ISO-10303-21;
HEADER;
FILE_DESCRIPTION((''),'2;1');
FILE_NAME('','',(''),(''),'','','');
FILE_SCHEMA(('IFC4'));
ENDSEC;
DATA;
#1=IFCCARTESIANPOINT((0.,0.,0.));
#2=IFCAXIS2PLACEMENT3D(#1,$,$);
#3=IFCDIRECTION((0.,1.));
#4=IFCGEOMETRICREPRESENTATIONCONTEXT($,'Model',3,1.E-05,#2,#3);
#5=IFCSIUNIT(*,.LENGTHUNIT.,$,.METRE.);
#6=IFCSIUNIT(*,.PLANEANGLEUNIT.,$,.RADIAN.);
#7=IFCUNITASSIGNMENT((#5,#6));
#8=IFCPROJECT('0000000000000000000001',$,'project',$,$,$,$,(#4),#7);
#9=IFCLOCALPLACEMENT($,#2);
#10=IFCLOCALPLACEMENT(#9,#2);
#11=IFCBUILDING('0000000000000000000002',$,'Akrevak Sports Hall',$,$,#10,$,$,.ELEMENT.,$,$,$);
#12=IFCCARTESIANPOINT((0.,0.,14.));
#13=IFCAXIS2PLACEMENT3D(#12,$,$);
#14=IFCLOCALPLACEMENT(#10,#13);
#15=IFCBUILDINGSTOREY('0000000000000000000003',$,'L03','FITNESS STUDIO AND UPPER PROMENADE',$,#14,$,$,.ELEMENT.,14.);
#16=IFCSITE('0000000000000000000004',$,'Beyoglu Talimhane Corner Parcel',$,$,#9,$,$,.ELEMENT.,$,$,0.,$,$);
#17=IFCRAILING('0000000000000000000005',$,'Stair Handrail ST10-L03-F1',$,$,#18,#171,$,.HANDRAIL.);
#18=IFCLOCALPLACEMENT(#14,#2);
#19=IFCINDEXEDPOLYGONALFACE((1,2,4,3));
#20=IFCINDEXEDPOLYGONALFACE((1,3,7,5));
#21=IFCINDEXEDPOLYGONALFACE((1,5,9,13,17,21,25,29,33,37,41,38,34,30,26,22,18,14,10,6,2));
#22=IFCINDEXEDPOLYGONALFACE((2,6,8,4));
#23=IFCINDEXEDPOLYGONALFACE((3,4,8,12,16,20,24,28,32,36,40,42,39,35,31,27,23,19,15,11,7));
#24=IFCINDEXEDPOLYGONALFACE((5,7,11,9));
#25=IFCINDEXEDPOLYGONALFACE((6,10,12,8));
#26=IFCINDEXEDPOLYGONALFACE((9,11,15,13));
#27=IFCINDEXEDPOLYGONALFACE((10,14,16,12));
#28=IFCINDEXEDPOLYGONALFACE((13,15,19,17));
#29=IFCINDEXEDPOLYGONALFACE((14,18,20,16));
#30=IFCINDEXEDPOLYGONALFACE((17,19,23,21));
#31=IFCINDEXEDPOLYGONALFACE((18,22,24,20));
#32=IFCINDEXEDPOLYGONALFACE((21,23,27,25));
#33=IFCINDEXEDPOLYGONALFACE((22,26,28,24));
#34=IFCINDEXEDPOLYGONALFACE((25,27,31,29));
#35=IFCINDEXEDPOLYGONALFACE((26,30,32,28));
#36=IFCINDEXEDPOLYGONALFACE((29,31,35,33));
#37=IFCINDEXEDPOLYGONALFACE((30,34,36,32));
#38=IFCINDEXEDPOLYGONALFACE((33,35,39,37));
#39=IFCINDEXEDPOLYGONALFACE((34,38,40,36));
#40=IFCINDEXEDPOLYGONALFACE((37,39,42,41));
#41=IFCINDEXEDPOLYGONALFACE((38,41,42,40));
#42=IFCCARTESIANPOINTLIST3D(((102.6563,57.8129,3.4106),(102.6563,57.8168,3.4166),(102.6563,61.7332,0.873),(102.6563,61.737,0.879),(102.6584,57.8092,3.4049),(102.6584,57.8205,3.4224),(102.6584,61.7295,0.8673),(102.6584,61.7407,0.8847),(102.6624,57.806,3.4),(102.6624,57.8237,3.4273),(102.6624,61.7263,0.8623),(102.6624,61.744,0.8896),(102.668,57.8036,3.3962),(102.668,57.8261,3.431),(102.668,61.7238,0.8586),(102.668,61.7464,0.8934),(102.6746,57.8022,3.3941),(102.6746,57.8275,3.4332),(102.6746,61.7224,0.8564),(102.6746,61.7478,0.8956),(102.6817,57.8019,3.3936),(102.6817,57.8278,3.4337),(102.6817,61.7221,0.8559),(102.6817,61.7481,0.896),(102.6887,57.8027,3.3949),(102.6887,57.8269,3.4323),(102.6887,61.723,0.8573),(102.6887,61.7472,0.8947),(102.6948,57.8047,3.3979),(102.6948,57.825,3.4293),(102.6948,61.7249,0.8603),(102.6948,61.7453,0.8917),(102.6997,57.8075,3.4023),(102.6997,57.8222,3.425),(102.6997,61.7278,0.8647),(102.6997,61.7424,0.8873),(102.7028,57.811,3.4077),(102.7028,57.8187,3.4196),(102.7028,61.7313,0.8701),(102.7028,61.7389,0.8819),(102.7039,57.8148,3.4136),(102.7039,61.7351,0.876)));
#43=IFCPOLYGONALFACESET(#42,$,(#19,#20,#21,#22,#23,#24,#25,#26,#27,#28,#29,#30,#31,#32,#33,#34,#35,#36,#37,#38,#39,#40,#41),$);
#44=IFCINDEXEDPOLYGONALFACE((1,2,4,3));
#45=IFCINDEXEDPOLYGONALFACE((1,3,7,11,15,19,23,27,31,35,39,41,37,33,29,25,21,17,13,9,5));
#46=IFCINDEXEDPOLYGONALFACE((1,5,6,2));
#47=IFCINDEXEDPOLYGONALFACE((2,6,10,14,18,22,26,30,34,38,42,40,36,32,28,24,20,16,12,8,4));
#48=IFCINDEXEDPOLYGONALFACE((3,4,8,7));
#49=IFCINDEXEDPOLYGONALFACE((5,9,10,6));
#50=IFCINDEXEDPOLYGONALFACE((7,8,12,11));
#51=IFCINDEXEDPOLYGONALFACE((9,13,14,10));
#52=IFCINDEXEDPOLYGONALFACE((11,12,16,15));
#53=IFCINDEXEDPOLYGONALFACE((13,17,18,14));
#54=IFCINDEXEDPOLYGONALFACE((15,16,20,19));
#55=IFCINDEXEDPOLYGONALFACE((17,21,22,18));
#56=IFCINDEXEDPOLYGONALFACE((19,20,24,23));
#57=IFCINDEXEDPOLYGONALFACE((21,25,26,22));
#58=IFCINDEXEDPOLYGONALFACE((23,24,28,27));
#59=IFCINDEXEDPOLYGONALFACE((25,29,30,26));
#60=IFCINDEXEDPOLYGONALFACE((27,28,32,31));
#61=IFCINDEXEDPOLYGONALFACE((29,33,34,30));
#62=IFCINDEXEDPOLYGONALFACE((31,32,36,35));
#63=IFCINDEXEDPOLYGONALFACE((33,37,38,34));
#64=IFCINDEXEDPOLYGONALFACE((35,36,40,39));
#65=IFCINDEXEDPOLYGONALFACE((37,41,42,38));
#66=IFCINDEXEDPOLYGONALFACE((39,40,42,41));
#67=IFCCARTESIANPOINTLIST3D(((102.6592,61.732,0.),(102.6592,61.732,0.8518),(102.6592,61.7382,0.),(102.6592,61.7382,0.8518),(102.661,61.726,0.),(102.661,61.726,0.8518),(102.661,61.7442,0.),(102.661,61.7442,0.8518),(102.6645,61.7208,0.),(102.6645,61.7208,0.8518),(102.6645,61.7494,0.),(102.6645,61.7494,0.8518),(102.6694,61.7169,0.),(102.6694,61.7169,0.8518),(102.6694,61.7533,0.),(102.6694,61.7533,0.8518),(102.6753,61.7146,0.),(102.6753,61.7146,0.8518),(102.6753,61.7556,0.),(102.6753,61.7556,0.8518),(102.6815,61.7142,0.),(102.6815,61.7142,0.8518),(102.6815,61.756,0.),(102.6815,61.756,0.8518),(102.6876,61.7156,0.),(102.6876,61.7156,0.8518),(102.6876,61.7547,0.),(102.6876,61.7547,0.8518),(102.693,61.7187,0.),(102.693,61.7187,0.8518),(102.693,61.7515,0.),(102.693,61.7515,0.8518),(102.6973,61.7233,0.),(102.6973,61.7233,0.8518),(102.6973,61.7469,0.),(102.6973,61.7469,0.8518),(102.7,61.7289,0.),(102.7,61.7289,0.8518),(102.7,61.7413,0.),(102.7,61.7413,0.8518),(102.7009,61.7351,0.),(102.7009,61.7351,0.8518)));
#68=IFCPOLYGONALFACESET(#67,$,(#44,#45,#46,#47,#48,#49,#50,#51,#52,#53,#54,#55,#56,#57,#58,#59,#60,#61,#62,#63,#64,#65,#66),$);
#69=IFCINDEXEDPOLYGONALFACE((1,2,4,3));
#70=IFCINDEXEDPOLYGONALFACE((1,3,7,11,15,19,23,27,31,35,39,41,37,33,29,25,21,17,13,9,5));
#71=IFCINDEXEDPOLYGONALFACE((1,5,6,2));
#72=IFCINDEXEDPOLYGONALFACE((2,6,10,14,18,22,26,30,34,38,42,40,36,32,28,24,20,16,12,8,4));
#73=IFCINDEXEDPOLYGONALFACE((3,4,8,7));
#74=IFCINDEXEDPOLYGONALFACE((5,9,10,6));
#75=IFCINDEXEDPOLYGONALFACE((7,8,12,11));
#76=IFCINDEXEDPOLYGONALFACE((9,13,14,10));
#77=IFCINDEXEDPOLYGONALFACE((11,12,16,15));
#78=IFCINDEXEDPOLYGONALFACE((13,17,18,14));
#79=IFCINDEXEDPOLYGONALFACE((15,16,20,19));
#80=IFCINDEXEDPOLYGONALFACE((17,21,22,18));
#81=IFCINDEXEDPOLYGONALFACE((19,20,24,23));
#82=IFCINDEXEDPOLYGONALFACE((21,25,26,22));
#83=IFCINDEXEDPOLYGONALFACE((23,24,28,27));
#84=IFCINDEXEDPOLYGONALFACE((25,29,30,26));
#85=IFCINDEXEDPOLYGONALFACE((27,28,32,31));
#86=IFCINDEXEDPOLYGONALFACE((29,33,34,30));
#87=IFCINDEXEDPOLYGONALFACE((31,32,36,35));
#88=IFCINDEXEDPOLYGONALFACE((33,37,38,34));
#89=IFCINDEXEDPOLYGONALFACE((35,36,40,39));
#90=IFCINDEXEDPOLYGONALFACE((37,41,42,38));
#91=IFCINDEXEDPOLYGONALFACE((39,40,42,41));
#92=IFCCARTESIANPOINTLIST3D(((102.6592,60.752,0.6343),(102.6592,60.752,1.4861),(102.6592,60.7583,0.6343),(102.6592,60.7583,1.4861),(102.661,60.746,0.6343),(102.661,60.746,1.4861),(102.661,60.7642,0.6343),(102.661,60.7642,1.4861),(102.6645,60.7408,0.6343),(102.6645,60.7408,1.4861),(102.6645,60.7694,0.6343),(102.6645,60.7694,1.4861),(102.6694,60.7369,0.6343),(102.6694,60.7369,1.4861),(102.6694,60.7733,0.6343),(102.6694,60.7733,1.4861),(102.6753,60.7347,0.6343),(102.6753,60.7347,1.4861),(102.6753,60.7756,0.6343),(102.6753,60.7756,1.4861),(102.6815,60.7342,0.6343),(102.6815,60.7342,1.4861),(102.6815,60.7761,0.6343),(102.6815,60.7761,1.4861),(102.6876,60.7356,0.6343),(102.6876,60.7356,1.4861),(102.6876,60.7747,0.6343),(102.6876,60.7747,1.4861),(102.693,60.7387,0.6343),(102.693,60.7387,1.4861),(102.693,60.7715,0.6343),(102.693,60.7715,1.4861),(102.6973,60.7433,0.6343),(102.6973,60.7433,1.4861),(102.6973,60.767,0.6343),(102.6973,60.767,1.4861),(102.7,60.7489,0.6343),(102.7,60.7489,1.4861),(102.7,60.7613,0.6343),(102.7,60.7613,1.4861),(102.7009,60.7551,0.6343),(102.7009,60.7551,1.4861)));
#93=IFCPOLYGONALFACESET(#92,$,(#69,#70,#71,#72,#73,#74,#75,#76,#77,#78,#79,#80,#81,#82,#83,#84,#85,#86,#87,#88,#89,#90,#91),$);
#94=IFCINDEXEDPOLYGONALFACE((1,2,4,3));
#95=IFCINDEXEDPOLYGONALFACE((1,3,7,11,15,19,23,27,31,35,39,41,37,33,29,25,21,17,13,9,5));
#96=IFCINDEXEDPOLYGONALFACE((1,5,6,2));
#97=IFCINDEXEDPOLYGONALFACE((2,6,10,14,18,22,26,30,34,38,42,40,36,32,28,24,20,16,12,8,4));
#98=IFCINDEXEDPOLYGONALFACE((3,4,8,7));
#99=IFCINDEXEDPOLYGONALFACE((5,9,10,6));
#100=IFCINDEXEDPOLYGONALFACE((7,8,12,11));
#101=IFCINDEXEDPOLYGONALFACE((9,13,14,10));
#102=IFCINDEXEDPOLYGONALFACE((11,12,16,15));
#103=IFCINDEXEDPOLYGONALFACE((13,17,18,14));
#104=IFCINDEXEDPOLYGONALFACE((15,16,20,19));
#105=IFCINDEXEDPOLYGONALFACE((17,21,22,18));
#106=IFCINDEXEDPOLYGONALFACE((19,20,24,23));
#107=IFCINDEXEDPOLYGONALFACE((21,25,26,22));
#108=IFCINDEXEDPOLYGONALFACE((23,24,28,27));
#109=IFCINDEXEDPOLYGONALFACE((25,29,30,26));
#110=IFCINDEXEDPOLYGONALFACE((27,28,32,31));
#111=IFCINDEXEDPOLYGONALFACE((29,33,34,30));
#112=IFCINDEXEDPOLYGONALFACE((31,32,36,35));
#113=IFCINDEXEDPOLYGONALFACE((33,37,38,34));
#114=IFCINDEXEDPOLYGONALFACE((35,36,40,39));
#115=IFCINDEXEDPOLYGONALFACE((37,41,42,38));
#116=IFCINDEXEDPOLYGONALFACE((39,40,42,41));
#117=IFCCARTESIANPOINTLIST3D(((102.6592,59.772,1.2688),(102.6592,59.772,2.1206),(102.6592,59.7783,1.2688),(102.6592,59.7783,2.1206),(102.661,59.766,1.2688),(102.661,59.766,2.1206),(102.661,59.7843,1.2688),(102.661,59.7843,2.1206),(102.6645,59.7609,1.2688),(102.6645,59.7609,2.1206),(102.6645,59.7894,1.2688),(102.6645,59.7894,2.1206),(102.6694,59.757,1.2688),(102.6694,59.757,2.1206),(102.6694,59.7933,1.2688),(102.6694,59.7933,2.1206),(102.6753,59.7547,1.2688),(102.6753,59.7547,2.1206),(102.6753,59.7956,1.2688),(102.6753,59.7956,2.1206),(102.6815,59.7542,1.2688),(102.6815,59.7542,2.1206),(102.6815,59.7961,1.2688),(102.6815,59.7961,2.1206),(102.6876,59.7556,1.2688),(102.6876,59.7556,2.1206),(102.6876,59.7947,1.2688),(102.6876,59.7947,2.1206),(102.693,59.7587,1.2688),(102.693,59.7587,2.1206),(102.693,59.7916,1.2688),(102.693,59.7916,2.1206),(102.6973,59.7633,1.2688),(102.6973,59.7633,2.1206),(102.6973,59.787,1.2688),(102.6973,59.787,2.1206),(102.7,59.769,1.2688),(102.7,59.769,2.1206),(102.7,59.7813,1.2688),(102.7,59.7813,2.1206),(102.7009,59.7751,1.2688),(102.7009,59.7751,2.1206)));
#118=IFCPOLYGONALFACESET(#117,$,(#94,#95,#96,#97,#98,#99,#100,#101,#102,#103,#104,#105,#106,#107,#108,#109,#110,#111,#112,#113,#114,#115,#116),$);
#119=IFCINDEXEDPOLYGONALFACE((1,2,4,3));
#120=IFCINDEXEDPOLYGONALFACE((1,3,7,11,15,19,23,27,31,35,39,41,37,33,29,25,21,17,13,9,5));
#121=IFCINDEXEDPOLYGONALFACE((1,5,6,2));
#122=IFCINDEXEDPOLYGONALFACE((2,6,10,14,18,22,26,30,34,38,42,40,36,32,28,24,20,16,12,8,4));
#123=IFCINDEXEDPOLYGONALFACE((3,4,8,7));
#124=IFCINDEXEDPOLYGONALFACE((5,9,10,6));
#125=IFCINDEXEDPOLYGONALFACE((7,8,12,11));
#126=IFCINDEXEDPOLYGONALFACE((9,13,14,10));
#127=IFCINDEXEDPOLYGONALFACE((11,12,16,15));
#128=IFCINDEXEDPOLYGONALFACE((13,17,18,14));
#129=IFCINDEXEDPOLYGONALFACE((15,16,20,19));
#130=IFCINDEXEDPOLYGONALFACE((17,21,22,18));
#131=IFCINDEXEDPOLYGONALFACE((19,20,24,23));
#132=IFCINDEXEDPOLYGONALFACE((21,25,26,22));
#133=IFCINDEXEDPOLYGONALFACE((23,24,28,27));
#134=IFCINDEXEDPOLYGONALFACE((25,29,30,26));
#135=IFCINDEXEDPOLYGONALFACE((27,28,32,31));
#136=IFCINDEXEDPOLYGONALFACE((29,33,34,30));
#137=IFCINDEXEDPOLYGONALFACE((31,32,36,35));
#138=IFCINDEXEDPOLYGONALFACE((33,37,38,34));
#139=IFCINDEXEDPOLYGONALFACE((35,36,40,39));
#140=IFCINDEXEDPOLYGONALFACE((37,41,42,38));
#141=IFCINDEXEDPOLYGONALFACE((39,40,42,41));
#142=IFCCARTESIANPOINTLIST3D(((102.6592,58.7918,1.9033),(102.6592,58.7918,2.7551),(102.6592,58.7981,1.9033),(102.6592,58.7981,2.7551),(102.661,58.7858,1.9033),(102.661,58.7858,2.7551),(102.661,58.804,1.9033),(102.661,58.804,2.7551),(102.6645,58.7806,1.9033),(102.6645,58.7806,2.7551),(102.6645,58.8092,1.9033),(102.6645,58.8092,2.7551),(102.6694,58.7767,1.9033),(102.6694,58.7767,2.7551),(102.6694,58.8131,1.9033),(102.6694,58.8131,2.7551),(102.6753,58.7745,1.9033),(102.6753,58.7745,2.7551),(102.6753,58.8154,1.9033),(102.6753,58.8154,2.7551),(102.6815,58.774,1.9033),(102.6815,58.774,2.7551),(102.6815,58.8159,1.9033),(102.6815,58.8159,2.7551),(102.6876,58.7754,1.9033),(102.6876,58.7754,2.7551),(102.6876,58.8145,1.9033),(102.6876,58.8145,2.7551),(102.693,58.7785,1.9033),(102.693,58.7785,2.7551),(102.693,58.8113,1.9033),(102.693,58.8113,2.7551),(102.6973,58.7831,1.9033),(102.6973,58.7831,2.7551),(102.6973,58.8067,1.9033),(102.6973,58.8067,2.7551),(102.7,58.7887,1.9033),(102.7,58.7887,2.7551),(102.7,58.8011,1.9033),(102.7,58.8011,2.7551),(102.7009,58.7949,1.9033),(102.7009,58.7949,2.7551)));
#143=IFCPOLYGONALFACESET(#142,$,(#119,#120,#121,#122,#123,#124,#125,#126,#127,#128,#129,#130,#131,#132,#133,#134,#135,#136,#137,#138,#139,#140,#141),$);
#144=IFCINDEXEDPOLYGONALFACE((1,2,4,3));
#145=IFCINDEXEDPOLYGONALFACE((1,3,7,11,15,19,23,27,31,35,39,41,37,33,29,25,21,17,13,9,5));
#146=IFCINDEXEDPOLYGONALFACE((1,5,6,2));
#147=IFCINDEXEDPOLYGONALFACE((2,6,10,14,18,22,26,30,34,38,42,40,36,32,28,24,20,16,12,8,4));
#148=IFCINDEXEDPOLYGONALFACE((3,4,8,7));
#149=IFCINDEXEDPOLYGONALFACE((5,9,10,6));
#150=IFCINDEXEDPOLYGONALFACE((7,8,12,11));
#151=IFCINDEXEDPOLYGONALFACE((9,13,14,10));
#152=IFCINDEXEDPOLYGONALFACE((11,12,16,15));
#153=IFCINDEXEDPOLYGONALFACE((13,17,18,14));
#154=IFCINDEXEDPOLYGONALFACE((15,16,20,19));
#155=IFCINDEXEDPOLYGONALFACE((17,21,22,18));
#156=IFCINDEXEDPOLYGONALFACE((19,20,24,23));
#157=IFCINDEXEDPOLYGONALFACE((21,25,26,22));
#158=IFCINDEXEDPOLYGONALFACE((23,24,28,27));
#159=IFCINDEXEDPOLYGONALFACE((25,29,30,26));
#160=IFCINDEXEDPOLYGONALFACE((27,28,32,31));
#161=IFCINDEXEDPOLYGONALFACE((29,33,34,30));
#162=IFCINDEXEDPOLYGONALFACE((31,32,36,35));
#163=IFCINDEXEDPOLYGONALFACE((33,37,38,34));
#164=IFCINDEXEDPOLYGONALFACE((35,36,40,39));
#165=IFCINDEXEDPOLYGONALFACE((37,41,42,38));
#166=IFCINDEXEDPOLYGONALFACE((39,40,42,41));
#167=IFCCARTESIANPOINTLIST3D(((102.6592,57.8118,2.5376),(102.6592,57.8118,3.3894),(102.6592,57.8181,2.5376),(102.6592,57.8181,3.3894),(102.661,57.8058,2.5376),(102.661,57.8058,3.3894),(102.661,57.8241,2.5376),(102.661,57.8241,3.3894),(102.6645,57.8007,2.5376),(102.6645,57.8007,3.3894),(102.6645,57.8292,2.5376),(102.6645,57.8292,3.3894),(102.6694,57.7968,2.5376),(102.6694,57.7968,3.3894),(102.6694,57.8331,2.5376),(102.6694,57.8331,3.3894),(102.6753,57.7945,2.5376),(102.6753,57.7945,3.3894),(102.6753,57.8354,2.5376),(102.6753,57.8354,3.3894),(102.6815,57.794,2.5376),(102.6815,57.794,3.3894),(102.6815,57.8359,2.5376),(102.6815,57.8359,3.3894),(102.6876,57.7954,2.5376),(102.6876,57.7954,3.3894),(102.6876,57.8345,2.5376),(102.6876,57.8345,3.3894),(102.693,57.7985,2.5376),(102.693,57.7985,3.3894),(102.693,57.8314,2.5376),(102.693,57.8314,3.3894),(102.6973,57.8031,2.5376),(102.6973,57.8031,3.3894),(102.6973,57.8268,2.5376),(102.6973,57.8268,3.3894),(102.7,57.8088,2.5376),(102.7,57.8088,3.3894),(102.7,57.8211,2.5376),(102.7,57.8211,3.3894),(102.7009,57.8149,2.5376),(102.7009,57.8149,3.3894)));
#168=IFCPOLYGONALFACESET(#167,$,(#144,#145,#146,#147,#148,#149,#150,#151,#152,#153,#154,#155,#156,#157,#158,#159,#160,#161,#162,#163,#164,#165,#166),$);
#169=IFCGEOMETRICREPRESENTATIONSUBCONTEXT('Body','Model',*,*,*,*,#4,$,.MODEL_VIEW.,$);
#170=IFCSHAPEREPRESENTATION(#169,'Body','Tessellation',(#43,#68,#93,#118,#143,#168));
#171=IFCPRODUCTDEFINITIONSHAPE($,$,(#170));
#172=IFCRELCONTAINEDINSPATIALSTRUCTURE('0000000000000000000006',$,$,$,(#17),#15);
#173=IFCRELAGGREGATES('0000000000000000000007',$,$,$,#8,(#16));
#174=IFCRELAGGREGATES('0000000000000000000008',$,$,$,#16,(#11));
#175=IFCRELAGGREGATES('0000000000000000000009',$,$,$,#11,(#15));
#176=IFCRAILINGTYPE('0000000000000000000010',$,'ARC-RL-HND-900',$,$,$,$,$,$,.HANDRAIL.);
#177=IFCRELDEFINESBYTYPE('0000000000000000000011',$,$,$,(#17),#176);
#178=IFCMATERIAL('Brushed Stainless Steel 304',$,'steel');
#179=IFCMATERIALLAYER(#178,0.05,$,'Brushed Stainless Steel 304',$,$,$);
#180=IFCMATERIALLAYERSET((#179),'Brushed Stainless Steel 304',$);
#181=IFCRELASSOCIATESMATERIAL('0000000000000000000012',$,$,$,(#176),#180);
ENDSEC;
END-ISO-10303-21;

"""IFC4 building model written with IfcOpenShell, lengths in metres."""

from ifc_helpers import new_model, si_unit, direction, frame, origin, origin_2d, place, context, subcontext, project, spatial, circle, extrude, material, layer, layer_set, type_object, element, save


model = new_model("IFC4")

# Units and contexts
model_context = context("Model", 3, precision=1e-05, world=origin(), true_north=direction((0.0, 1.0)))
body_context = subcontext(model_context, "Body", "Model", "MODEL_VIEW")
ifc_project = project(units=[si_unit("LENGTHUNIT", "METRE"), si_unit("PLANEANGLEUNIT", "RADIAN")], contexts=[model_context])

# Site, building, storey
site_placement = place(None, origin())
site = spatial("IfcSite", under=ifc_project, at=site_placement, Name="Beyoglu Talimhane Corner Parcel", CompositionType="ELEMENT", RefElevation=0.0)
building_placement = place(site_placement, origin())
building = spatial("IfcBuilding", under=site, at=building_placement, Name="Akrevak Sports Hall", CompositionType="ELEMENT")
storey_placement = place(building_placement, frame((0.0, 0.0, 14.0)))
storey = spatial("IfcBuildingStorey", under=building, at=storey_placement, Name="L03", Description="FITNESS STUDIO AND UPPER PROMENADE", CompositionType="ELEMENT", Elevation=14.0)

# Shared definitions
ifc_material_1 = material(Name="Brushed Stainless Steel 304", Category="steel")

# Railing
ifc_layer_1 = layer(ifc_material_1, 0.05, Name="Brushed Stainless Steel 304")
ifc_layer_set_1 = layer_set([ifc_layer_1], Name="Brushed Stainless Steel 304")
railing_type = type_object("IfcRailingType", Name="ARC-RL-HND-900", PredefinedType="HANDRAIL", material=ifc_layer_set_1)
for number, where, name in (
    (1, (102.6799, 61.7351, 0.0), "Stair Handrail ST10-L03-F1"),
):
    element("IfcRailing", number, at=place(storey_placement, frame(where)), inside=storey, type_object=railing_type, Name=name, PredefinedType="HANDRAIL", context=body_context, shape_type="SweptSolid", body=[
        extrude(circle(Radius=0.0239, at=origin_2d()), frame((0.0, 0.0, 0.876), z_axis=(0.0, -0.839471, 0.543405), x_axis=(1.0, 0.0, 0.0)), (0.0, 0.0, 1.0), 4.6699),
        extrude(circle(Radius=0.021, at=origin_2d()), origin(), (0.0, 0.0, 1.0), 0.8518),
        extrude(circle(Radius=0.021, at=origin_2d()), frame((0.0, -0.98, 0.6343)), (0.0, 0.0, 1.0), 0.8518),
        extrude(circle(Radius=0.021, at=origin_2d()), frame((0.0, -1.96, 1.2688)), (0.0, 0.0, 1.0), 0.8518),
        extrude(circle(Radius=0.021, at=origin_2d()), frame((0.0, -2.9402, 1.9033)), (0.0, 0.0, 1.0), 0.8518),
        extrude(circle(Radius=0.021, at=origin_2d()), frame((0.0, -3.9202, 2.5376)), (0.0, 0.0, 1.0), 0.8518),
    ])

save(model, "model.ifc")
